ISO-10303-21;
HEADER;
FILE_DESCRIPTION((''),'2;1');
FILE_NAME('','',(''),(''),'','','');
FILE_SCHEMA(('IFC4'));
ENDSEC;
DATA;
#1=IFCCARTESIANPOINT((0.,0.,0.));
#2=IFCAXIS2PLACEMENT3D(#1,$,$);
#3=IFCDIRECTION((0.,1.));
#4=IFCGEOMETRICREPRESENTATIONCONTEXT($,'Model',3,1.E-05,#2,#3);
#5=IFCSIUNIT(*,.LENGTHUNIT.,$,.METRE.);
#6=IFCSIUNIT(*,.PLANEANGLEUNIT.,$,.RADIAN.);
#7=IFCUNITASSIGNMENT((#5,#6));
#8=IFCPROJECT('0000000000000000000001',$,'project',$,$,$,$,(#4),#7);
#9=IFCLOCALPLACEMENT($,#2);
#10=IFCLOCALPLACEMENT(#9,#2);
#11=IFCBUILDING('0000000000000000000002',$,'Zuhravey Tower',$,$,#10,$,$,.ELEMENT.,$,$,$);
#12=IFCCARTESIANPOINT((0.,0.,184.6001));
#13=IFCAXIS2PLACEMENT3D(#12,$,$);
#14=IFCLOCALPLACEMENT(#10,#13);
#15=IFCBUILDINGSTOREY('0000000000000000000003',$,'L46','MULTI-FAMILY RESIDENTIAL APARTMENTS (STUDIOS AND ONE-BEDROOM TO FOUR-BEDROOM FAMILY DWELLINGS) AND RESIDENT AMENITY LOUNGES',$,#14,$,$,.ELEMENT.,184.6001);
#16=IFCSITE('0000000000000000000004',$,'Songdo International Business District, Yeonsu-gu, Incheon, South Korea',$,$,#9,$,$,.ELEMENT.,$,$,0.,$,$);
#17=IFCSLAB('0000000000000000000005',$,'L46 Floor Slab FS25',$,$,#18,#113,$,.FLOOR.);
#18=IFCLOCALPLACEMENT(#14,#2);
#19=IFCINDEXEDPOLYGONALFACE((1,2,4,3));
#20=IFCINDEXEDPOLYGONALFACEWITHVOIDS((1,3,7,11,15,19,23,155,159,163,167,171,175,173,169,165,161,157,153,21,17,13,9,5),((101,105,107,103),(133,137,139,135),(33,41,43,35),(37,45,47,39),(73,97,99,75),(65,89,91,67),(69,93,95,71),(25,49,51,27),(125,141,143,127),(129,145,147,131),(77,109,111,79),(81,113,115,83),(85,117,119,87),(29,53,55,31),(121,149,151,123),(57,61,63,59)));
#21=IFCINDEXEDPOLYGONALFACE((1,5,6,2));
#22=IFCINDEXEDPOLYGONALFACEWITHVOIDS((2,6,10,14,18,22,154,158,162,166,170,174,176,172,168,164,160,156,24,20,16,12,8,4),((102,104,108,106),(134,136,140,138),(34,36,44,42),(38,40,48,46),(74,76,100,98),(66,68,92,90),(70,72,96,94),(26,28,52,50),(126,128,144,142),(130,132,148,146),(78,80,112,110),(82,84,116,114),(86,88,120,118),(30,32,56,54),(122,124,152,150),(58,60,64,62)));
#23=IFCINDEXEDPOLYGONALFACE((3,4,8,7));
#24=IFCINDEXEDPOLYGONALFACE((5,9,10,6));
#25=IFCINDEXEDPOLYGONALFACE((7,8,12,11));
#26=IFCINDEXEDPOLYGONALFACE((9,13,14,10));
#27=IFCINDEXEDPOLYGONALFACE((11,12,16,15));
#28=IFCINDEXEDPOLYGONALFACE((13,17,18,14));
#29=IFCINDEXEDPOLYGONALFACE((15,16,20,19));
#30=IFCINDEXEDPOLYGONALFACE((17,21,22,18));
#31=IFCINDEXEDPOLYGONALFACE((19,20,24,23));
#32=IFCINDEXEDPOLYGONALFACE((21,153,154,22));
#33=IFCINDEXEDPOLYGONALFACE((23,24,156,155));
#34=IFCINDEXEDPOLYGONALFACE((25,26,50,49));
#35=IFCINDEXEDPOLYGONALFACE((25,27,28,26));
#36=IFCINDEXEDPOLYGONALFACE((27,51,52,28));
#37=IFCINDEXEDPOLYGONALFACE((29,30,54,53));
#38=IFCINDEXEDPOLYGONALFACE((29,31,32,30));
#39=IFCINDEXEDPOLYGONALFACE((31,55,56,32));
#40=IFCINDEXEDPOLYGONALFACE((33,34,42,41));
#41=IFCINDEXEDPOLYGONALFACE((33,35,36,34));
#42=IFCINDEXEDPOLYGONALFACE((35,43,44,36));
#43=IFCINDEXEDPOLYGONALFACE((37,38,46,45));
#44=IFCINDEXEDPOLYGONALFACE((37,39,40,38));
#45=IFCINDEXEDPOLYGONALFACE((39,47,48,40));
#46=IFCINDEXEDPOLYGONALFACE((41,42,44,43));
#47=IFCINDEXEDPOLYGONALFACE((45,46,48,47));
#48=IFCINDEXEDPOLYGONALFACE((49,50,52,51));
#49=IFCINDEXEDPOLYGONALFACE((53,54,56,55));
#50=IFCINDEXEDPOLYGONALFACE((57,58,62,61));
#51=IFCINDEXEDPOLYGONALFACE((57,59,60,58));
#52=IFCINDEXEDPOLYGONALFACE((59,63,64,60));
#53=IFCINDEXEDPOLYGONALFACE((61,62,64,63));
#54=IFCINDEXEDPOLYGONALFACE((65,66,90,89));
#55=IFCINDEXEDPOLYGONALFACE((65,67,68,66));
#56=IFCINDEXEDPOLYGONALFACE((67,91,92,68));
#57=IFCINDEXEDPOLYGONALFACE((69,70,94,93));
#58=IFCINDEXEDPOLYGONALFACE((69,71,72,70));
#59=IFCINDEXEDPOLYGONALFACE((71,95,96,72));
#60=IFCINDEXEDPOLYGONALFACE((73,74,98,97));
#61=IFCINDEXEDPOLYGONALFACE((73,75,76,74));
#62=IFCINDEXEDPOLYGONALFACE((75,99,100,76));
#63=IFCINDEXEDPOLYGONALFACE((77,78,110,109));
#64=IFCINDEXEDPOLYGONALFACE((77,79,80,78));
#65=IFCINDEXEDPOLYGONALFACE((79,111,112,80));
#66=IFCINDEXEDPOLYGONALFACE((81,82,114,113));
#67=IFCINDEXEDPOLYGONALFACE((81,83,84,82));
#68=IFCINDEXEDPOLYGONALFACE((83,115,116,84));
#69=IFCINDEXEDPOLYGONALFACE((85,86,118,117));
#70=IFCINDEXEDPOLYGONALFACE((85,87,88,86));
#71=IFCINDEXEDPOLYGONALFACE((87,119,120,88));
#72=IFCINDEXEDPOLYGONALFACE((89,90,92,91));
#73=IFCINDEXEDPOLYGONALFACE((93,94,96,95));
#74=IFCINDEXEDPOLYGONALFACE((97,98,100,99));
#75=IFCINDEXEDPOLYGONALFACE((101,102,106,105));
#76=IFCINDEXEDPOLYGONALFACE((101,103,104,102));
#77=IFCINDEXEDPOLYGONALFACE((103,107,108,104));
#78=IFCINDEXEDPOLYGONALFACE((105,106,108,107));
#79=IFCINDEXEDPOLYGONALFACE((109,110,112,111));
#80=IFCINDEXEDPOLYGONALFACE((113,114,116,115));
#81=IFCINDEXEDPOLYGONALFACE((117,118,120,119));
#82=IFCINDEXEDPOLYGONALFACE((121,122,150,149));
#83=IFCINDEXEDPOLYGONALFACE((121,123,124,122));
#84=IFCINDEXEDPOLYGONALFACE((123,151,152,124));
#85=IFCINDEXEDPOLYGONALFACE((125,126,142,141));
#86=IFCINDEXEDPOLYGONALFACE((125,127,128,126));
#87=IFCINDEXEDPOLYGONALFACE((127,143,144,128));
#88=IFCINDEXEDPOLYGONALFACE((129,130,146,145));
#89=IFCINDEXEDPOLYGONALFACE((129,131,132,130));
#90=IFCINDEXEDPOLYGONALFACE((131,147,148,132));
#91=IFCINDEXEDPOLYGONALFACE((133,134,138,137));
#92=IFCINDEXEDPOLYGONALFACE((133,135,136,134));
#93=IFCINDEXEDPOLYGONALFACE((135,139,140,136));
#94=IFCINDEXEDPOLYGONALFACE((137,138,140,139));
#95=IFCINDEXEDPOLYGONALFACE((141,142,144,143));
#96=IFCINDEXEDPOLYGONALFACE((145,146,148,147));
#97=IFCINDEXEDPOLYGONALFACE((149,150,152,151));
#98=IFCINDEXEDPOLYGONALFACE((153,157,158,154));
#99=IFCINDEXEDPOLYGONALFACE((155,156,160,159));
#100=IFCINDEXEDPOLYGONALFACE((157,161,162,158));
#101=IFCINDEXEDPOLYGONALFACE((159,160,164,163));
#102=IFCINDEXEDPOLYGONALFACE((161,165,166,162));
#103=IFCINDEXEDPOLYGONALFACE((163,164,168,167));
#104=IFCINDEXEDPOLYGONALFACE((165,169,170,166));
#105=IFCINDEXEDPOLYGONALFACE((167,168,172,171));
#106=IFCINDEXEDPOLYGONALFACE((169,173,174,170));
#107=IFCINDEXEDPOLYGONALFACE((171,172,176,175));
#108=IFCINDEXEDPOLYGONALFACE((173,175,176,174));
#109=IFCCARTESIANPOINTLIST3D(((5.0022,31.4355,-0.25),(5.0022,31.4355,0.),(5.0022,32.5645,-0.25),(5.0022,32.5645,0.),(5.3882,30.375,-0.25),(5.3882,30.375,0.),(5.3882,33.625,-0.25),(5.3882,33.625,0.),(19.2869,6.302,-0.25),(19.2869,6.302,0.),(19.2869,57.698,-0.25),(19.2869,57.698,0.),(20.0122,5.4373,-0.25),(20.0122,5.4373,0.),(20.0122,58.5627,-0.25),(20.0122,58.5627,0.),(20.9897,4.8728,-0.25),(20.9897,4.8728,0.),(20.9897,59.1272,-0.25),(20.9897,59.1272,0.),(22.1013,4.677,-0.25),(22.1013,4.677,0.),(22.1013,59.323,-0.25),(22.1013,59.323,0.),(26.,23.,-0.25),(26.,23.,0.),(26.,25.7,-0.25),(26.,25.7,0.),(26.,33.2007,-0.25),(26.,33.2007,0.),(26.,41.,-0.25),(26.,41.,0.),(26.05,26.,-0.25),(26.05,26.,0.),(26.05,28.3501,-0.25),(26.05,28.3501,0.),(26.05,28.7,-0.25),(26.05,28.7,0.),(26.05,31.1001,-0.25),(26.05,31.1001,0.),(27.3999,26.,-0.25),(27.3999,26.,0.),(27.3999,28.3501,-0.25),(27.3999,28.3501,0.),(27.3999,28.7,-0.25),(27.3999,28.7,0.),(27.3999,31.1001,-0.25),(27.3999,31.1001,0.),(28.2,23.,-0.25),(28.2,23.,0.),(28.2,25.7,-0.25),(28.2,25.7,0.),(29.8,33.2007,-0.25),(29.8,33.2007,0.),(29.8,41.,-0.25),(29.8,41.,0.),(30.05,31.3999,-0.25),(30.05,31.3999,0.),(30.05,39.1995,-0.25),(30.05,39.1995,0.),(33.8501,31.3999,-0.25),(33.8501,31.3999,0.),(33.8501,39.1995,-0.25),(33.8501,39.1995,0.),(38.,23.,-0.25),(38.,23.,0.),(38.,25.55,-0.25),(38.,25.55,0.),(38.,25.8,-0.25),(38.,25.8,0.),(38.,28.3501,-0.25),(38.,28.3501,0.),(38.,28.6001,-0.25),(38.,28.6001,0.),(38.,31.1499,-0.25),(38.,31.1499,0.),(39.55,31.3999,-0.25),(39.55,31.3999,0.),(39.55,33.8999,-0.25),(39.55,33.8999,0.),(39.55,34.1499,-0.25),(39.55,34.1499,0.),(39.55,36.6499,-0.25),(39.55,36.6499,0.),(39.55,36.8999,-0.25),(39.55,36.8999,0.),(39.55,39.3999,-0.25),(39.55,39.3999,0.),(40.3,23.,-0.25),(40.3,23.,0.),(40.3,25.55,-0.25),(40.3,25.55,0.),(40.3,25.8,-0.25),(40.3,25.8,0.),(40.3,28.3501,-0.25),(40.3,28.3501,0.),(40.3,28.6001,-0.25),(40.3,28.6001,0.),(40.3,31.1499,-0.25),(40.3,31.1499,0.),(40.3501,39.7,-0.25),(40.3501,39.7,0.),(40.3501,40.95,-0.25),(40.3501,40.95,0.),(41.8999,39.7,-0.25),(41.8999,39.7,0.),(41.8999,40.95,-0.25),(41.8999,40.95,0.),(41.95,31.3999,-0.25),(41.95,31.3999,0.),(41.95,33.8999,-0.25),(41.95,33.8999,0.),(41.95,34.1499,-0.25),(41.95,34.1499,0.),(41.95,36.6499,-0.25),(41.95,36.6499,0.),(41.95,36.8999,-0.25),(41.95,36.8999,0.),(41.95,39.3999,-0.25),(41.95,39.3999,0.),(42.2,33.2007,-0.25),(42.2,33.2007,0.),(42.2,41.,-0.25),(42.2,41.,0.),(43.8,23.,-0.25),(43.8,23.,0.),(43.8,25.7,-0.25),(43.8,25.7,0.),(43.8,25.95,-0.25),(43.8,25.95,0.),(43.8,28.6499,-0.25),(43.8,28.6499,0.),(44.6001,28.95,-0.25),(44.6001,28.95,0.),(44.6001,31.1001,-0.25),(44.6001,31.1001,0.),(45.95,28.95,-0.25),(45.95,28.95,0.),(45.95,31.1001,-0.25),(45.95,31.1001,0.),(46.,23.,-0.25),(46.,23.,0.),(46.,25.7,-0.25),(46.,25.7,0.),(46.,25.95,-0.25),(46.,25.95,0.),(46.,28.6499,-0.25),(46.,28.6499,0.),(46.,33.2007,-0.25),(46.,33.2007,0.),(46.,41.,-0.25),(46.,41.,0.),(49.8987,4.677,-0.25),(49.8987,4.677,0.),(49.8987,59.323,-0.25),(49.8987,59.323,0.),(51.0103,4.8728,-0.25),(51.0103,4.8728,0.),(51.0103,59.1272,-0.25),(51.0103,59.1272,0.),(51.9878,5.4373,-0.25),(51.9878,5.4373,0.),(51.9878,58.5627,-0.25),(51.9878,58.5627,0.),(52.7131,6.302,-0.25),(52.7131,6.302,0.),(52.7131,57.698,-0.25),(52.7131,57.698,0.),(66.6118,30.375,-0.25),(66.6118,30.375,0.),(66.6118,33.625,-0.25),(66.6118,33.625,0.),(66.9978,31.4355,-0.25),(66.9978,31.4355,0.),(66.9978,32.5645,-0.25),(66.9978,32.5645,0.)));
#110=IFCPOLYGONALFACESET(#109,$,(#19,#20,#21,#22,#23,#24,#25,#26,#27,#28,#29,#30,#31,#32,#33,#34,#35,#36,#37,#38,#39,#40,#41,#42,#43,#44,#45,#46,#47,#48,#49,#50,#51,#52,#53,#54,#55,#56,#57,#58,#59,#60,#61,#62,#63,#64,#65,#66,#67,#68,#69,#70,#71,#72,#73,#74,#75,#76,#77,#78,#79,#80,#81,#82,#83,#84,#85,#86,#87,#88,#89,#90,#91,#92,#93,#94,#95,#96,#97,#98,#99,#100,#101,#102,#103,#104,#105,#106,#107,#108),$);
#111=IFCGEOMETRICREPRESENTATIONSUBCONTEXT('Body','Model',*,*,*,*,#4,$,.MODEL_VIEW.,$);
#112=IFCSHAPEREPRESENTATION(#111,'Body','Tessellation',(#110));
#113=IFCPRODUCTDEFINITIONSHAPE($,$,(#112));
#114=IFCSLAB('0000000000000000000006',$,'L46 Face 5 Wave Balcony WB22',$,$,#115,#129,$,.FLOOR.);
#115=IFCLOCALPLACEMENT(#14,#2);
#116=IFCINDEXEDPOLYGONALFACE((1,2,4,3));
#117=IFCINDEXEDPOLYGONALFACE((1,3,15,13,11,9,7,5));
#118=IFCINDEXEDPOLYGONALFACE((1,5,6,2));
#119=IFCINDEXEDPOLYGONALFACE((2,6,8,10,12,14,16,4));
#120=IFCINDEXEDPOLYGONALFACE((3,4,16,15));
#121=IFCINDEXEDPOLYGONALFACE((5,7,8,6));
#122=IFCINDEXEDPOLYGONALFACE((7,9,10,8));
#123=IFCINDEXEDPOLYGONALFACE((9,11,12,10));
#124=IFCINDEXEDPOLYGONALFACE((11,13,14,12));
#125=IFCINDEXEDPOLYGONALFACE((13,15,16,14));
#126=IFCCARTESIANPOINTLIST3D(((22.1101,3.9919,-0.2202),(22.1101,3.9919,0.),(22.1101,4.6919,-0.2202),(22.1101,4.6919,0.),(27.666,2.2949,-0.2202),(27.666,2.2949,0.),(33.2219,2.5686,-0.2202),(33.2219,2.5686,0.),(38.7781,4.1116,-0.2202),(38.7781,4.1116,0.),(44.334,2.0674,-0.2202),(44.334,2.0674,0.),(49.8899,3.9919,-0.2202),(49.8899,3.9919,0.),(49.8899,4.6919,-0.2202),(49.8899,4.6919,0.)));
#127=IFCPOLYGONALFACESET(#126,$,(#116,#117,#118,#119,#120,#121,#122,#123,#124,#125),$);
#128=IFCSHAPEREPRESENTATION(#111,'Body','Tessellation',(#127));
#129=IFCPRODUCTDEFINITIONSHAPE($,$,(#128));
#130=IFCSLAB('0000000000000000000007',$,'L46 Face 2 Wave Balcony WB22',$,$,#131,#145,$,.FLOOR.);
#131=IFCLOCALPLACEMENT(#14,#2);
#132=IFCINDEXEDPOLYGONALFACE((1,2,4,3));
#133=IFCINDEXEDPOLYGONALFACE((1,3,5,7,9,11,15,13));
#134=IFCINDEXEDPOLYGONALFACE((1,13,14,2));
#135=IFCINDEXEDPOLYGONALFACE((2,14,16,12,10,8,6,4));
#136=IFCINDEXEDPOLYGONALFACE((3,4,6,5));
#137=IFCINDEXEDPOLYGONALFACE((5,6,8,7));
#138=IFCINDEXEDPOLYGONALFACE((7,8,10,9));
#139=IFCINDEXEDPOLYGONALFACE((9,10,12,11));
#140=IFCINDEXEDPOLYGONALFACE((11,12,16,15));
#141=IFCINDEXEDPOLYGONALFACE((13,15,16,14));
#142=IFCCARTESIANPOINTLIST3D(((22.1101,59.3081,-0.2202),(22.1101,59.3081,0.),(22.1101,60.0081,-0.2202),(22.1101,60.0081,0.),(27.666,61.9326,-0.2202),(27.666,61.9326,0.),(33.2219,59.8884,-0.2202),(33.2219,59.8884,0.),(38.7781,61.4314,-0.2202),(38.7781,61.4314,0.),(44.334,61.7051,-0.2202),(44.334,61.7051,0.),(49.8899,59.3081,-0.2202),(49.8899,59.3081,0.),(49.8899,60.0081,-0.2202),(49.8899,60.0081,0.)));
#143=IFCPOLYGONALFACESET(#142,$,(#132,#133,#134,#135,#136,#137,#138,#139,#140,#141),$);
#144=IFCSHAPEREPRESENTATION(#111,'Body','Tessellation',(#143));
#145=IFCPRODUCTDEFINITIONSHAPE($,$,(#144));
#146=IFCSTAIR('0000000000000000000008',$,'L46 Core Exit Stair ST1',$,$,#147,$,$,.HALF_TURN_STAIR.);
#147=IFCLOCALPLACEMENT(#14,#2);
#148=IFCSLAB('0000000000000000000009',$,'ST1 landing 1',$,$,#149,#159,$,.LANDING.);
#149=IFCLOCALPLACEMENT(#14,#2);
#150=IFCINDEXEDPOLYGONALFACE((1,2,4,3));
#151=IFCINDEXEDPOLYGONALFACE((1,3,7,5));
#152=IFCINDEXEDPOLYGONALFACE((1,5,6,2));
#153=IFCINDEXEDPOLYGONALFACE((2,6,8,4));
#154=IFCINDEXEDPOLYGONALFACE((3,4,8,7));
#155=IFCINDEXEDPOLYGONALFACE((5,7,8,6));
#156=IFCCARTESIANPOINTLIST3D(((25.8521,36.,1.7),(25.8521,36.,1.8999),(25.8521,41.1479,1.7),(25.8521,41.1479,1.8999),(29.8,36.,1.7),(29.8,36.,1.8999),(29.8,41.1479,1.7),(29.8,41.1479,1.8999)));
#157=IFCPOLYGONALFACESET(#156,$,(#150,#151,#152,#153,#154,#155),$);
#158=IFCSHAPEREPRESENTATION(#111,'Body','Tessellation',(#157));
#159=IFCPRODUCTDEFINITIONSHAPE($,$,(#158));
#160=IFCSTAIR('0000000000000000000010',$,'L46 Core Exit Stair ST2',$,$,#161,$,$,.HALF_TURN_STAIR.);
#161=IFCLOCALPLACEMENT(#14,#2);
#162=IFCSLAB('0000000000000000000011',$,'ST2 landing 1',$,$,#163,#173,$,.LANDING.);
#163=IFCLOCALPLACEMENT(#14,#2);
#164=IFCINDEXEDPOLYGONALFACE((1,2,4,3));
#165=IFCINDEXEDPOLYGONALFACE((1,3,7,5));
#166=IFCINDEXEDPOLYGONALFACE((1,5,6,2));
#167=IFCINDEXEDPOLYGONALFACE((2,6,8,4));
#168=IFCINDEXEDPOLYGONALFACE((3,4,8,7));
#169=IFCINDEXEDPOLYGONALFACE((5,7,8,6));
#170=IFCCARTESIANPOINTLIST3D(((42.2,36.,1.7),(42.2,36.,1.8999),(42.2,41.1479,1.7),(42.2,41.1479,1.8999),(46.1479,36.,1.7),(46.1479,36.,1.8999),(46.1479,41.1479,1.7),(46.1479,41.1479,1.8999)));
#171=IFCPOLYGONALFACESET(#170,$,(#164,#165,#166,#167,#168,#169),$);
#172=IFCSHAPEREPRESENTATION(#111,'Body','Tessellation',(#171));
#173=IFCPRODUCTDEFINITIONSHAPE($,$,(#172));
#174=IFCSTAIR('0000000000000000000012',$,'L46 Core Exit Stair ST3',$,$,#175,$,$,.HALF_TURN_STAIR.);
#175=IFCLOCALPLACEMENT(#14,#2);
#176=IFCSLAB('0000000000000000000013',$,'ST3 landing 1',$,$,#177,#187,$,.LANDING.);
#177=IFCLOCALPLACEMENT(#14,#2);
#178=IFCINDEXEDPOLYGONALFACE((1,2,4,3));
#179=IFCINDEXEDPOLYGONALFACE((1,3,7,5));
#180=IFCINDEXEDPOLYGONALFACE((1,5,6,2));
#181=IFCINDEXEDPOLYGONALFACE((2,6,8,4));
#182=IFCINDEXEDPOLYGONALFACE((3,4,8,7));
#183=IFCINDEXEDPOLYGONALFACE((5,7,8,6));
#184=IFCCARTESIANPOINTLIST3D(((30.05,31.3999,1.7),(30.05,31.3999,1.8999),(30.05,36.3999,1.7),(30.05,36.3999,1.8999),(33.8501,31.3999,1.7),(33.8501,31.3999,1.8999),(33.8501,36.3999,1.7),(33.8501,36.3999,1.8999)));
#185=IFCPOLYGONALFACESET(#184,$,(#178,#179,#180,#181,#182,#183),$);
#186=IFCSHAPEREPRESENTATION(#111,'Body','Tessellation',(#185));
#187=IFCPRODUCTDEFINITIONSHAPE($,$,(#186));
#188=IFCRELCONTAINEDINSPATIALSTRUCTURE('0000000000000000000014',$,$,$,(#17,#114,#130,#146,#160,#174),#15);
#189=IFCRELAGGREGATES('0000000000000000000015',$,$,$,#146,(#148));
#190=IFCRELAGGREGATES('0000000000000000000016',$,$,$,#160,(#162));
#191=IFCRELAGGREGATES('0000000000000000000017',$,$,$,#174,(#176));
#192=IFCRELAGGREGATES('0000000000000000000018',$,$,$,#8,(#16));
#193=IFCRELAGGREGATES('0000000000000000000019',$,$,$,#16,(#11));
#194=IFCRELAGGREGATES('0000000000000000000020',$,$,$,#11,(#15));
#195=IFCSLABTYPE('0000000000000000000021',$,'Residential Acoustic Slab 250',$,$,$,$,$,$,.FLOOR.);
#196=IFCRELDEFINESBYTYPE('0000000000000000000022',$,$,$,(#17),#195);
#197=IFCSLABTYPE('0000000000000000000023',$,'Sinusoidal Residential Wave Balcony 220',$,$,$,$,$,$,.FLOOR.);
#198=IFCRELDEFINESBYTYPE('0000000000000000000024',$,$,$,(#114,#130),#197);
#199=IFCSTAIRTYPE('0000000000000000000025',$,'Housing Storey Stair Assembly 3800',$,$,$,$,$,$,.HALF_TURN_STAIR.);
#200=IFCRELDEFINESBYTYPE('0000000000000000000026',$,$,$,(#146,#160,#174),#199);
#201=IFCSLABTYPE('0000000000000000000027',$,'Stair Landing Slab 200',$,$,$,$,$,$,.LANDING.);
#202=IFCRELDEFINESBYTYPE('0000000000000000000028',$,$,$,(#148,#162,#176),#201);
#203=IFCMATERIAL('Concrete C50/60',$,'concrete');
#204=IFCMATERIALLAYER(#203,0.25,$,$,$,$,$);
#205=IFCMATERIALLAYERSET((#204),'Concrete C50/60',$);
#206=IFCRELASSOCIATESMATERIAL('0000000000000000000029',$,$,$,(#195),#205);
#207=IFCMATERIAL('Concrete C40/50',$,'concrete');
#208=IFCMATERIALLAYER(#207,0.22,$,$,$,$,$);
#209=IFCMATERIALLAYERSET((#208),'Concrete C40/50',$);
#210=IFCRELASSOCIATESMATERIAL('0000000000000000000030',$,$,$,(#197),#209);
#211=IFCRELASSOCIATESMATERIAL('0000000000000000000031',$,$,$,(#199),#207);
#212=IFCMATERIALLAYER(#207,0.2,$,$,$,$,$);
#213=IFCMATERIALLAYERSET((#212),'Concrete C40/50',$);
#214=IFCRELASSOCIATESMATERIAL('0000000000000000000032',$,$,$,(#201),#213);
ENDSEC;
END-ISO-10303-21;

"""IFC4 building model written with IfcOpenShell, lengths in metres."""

from ifc_helpers import new_model, si_unit, direction, frame, origin, place, context, subcontext, project, spatial, polyline, outline, extrude, material, layer, layer_set, type_object, element, aggregate, save


model = new_model("IFC4")

# Units and contexts
model_context = context("Model", 3, precision=1e-05, world=origin(), true_north=direction((0.0, 1.0)))
body_context = subcontext(model_context, "Body", "Model", "MODEL_VIEW")
ifc_project = project(units=[si_unit("LENGTHUNIT", "METRE"), si_unit("PLANEANGLEUNIT", "RADIAN")], contexts=[model_context])

# Site, building, storey
site_placement = place(None, origin())
site = spatial("IfcSite", under=ifc_project, at=site_placement, Name="Songdo International Business District, Yeonsu-gu, Incheon, South Korea", CompositionType="ELEMENT", RefElevation=0.0)
building_placement = place(site_placement, origin())
building = spatial("IfcBuilding", under=site, at=building_placement, Name="Zuhravey Tower", CompositionType="ELEMENT")
storey_placement = place(building_placement, frame((0.0, 0.0, 184.6001)))
storey = spatial("IfcBuildingStorey", under=building, at=storey_placement, Name="L46", Description="MULTI-FAMILY RESIDENTIAL APARTMENTS (STUDIOS AND ONE-BEDROOM TO FOUR-BEDROOM FAMILY DWELLINGS) AND RESIDENT AMENITY LOUNGES", CompositionType="ELEMENT", Elevation=184.6001)

# Slabs
ifc_material_1 = material(Name="Concrete C50/60", Category="concrete")
ifc_layer_1 = layer(ifc_material_1, 0.25)
ifc_layer_set_1 = layer_set([ifc_layer_1], Name="Concrete C50/60")
slab_type_1 = type_object("IfcSlabType", Name="Residential Acoustic Slab 250", PredefinedType="FLOOR", material=ifc_layer_set_1)
slab_1_placement = place(storey_placement, frame((0.0, 0.0, -0.25)))
element("IfcSlab", 1, at=slab_1_placement, inside=storey, type_object=slab_type_1, Name="L46 Floor Slab FS25", PredefinedType="FLOOR", context=body_context, shape_type="SweptSolid", body=[
    extrude(outline(polyline([(66.6118, 30.375), (66.9978, 31.4355), (66.9978, 32.5645), (66.6118, 33.625), (52.7131, 57.698), (51.9878, 58.5627), (51.0103, 59.1272), (49.8987, 59.323), (22.1013, 59.323), (20.9897, 59.1272), (20.0122, 58.5627), (19.2869, 57.698), (5.3882, 33.625), (5.0022, 32.5645), (5.0022, 31.4355), (5.3882, 30.375), (19.2869, 6.302), (20.0122, 5.4373), (20.9897, 4.8728), (22.1013, 4.677), (49.8987, 4.677), (51.0103, 4.8728), (51.9878, 5.4373), (52.7131, 6.302), (66.6118, 30.375)]), holes=[polyline([(29.8, 33.2007), (29.8, 41.0), (26.0, 41.0), (26.0, 33.2007), (29.8, 33.2007)]), polyline([(46.0, 33.2007), (46.0, 41.0), (42.2, 41.0), (42.2, 33.2007), (46.0, 33.2007)]), polyline([(30.05, 39.1995), (30.05, 31.3999), (33.8501, 31.3999), (33.8501, 39.1995), (30.05, 39.1995)]), polyline([(38.0, 23.0), (40.3, 23.0), (40.3, 25.55), (38.0, 25.55), (38.0, 23.0)]), polyline([(38.0, 25.8), (40.3, 25.8), (40.3, 28.3501), (38.0, 28.3501), (38.0, 25.8)]), polyline([(38.0, 28.6001), (40.3, 28.6001), (40.3, 31.1499), (38.0, 31.1499), (38.0, 28.6001)]), polyline([(39.55, 31.3999), (41.95, 31.3999), (41.95, 33.8999), (39.55, 33.8999), (39.55, 31.3999)]), polyline([(39.55, 34.1499), (41.95, 34.1499), (41.95, 36.6499), (39.55, 36.6499), (39.55, 34.1499)]), polyline([(39.55, 36.8999), (41.95, 36.8999), (41.95, 39.3999), (39.55, 39.3999), (39.55, 36.8999)]), polyline([(26.0, 23.0), (28.2, 23.0), (28.2, 25.7), (26.0, 25.7), (26.0, 23.0)]), polyline([(43.8, 23.0), (46.0, 23.0), (46.0, 25.7), (43.8, 25.7), (43.8, 23.0)]), polyline([(43.8, 25.95), (46.0, 25.95), (46.0, 28.6499), (43.8, 28.6499), (43.8, 25.95)]), polyline([(26.05, 26.0), (27.3999, 26.0), (27.3999, 28.3501), (26.05, 28.3501), (26.05, 26.0)]), polyline([(26.05, 28.7), (27.3999, 28.7), (27.3999, 31.1001), (26.05, 31.1001), (26.05, 28.7)]), polyline([(44.6001, 28.95), (45.95, 28.95), (45.95, 31.1001), (44.6001, 31.1001), (44.6001, 28.95)]), polyline([(40.3501, 39.7), (41.8999, 39.7), (41.8999, 40.95), (40.3501, 40.95), (40.3501, 39.7)])]), origin(), (0.0, 0.0, 1.0), 0.25),
])
ifc_material_2 = material(Name="Concrete C40/50", Category="concrete")
ifc_layer_2 = layer(ifc_material_2, 0.22)
ifc_layer_set_2 = layer_set([ifc_layer_2], Name="Concrete C40/50")
slab_type_2 = type_object("IfcSlabType", Name="Sinusoidal Residential Wave Balcony 220", PredefinedType="FLOOR", material=ifc_layer_set_2)
slab_2_placement = place(storey_placement, frame((0.0, 0.0, -0.2202)))
element("IfcSlab", 2, at=slab_2_placement, inside=storey, type_object=slab_type_2, Name="L46 Face 5 Wave Balcony WB22", PredefinedType="FLOOR", context=body_context, shape_type="SweptSolid", body=[
    extrude(outline(polyline([(22.1101, 4.6919), (49.8899, 4.6919), (49.8899, 3.9919), (44.334, 2.0674), (38.7781, 4.1116), (33.2219, 2.5686), (27.666, 2.2949), (22.1101, 3.9919), (22.1101, 4.6919)])), origin(), (0.0, 0.0, 1.0), 0.2202),
])
slab_3_placement = place(storey_placement, frame((0.0, 0.0, -0.2202)))
element("IfcSlab", 3, at=slab_3_placement, inside=storey, type_object=slab_type_2, Name="L46 Face 2 Wave Balcony WB22", PredefinedType="FLOOR", context=body_context, shape_type="SweptSolid", body=[
    extrude(outline(polyline([(49.8899, 59.3081), (22.1101, 59.3081), (22.1101, 60.0081), (27.666, 61.9326), (33.2219, 59.8884), (38.7781, 61.4314), (44.334, 61.7051), (49.8899, 60.0081), (49.8899, 59.3081)])), origin(), (0.0, 0.0, 1.0), 0.2202),
])

# Stairs, slabs
stair_type = type_object("IfcStairType", Name="Housing Storey Stair Assembly 3800", PredefinedType="HALF_TURN_STAIR", material=ifc_material_2)
stair_1_placement = place(storey_placement, origin())
stair_1 = element("IfcStair", 4, at=stair_1_placement, inside=storey, type_object=stair_type, Name="L46 Core Exit Stair ST1", PredefinedType="HALF_TURN_STAIR")
ifc_layer_3 = layer(ifc_material_2, 0.2)
ifc_layer_set_3 = layer_set([ifc_layer_3], Name="Concrete C40/50")
slab_type_3 = type_object("IfcSlabType", Name="Stair Landing Slab 200", PredefinedType="LANDING", material=ifc_layer_set_3)
slab_4_placement = place(storey_placement, frame((0.0, 0.0, 1.7)))
slab_4 = element("IfcSlab", 5, at=slab_4_placement, type_object=slab_type_3, Name="ST1 landing 1", PredefinedType="LANDING", context=body_context, shape_type="SweptSolid", body=[
    extrude(outline(polyline([(29.8, 36.0), (29.8, 41.1479), (25.8521, 41.1479), (25.8521, 36.0), (29.8, 36.0)])), origin(), (0.0, 0.0, 1.0), 0.2),
])
aggregate(stair_1, [slab_4])
stair_2_placement = place(storey_placement, origin())
stair_2 = element("IfcStair", 6, at=stair_2_placement, inside=storey, type_object=stair_type, Name="L46 Core Exit Stair ST2", PredefinedType="HALF_TURN_STAIR")
slab_5_placement = place(storey_placement, frame((0.0, 0.0, 1.7)))
slab_5 = element("IfcSlab", 7, at=slab_5_placement, type_object=slab_type_3, Name="ST2 landing 1", PredefinedType="LANDING", context=body_context, shape_type="SweptSolid", body=[
    extrude(outline(polyline([(46.1479, 36.0), (46.1479, 41.1479), (42.2, 41.1479), (42.2, 36.0), (46.1479, 36.0)])), origin(), (0.0, 0.0, 1.0), 0.2),
])
aggregate(stair_2, [slab_5])
stair_3_placement = place(storey_placement, origin())
stair_3 = element("IfcStair", 8, at=stair_3_placement, inside=storey, type_object=stair_type, Name="L46 Core Exit Stair ST3", PredefinedType="HALF_TURN_STAIR")
slab_6_placement = place(storey_placement, frame((0.0, 0.0, 1.7)))
slab_6 = element("IfcSlab", 9, at=slab_6_placement, type_object=slab_type_3, Name="ST3 landing 1", PredefinedType="LANDING", context=body_context, shape_type="SweptSolid", body=[
    extrude(outline(polyline([(30.05, 36.3999), (30.05, 31.3999), (33.8501, 31.3999), (33.8501, 36.3999), (30.05, 36.3999)])), origin(), (0.0, 0.0, 1.0), 0.2),
])
aggregate(stair_3, [slab_6])

save(model, "model.ifc")
